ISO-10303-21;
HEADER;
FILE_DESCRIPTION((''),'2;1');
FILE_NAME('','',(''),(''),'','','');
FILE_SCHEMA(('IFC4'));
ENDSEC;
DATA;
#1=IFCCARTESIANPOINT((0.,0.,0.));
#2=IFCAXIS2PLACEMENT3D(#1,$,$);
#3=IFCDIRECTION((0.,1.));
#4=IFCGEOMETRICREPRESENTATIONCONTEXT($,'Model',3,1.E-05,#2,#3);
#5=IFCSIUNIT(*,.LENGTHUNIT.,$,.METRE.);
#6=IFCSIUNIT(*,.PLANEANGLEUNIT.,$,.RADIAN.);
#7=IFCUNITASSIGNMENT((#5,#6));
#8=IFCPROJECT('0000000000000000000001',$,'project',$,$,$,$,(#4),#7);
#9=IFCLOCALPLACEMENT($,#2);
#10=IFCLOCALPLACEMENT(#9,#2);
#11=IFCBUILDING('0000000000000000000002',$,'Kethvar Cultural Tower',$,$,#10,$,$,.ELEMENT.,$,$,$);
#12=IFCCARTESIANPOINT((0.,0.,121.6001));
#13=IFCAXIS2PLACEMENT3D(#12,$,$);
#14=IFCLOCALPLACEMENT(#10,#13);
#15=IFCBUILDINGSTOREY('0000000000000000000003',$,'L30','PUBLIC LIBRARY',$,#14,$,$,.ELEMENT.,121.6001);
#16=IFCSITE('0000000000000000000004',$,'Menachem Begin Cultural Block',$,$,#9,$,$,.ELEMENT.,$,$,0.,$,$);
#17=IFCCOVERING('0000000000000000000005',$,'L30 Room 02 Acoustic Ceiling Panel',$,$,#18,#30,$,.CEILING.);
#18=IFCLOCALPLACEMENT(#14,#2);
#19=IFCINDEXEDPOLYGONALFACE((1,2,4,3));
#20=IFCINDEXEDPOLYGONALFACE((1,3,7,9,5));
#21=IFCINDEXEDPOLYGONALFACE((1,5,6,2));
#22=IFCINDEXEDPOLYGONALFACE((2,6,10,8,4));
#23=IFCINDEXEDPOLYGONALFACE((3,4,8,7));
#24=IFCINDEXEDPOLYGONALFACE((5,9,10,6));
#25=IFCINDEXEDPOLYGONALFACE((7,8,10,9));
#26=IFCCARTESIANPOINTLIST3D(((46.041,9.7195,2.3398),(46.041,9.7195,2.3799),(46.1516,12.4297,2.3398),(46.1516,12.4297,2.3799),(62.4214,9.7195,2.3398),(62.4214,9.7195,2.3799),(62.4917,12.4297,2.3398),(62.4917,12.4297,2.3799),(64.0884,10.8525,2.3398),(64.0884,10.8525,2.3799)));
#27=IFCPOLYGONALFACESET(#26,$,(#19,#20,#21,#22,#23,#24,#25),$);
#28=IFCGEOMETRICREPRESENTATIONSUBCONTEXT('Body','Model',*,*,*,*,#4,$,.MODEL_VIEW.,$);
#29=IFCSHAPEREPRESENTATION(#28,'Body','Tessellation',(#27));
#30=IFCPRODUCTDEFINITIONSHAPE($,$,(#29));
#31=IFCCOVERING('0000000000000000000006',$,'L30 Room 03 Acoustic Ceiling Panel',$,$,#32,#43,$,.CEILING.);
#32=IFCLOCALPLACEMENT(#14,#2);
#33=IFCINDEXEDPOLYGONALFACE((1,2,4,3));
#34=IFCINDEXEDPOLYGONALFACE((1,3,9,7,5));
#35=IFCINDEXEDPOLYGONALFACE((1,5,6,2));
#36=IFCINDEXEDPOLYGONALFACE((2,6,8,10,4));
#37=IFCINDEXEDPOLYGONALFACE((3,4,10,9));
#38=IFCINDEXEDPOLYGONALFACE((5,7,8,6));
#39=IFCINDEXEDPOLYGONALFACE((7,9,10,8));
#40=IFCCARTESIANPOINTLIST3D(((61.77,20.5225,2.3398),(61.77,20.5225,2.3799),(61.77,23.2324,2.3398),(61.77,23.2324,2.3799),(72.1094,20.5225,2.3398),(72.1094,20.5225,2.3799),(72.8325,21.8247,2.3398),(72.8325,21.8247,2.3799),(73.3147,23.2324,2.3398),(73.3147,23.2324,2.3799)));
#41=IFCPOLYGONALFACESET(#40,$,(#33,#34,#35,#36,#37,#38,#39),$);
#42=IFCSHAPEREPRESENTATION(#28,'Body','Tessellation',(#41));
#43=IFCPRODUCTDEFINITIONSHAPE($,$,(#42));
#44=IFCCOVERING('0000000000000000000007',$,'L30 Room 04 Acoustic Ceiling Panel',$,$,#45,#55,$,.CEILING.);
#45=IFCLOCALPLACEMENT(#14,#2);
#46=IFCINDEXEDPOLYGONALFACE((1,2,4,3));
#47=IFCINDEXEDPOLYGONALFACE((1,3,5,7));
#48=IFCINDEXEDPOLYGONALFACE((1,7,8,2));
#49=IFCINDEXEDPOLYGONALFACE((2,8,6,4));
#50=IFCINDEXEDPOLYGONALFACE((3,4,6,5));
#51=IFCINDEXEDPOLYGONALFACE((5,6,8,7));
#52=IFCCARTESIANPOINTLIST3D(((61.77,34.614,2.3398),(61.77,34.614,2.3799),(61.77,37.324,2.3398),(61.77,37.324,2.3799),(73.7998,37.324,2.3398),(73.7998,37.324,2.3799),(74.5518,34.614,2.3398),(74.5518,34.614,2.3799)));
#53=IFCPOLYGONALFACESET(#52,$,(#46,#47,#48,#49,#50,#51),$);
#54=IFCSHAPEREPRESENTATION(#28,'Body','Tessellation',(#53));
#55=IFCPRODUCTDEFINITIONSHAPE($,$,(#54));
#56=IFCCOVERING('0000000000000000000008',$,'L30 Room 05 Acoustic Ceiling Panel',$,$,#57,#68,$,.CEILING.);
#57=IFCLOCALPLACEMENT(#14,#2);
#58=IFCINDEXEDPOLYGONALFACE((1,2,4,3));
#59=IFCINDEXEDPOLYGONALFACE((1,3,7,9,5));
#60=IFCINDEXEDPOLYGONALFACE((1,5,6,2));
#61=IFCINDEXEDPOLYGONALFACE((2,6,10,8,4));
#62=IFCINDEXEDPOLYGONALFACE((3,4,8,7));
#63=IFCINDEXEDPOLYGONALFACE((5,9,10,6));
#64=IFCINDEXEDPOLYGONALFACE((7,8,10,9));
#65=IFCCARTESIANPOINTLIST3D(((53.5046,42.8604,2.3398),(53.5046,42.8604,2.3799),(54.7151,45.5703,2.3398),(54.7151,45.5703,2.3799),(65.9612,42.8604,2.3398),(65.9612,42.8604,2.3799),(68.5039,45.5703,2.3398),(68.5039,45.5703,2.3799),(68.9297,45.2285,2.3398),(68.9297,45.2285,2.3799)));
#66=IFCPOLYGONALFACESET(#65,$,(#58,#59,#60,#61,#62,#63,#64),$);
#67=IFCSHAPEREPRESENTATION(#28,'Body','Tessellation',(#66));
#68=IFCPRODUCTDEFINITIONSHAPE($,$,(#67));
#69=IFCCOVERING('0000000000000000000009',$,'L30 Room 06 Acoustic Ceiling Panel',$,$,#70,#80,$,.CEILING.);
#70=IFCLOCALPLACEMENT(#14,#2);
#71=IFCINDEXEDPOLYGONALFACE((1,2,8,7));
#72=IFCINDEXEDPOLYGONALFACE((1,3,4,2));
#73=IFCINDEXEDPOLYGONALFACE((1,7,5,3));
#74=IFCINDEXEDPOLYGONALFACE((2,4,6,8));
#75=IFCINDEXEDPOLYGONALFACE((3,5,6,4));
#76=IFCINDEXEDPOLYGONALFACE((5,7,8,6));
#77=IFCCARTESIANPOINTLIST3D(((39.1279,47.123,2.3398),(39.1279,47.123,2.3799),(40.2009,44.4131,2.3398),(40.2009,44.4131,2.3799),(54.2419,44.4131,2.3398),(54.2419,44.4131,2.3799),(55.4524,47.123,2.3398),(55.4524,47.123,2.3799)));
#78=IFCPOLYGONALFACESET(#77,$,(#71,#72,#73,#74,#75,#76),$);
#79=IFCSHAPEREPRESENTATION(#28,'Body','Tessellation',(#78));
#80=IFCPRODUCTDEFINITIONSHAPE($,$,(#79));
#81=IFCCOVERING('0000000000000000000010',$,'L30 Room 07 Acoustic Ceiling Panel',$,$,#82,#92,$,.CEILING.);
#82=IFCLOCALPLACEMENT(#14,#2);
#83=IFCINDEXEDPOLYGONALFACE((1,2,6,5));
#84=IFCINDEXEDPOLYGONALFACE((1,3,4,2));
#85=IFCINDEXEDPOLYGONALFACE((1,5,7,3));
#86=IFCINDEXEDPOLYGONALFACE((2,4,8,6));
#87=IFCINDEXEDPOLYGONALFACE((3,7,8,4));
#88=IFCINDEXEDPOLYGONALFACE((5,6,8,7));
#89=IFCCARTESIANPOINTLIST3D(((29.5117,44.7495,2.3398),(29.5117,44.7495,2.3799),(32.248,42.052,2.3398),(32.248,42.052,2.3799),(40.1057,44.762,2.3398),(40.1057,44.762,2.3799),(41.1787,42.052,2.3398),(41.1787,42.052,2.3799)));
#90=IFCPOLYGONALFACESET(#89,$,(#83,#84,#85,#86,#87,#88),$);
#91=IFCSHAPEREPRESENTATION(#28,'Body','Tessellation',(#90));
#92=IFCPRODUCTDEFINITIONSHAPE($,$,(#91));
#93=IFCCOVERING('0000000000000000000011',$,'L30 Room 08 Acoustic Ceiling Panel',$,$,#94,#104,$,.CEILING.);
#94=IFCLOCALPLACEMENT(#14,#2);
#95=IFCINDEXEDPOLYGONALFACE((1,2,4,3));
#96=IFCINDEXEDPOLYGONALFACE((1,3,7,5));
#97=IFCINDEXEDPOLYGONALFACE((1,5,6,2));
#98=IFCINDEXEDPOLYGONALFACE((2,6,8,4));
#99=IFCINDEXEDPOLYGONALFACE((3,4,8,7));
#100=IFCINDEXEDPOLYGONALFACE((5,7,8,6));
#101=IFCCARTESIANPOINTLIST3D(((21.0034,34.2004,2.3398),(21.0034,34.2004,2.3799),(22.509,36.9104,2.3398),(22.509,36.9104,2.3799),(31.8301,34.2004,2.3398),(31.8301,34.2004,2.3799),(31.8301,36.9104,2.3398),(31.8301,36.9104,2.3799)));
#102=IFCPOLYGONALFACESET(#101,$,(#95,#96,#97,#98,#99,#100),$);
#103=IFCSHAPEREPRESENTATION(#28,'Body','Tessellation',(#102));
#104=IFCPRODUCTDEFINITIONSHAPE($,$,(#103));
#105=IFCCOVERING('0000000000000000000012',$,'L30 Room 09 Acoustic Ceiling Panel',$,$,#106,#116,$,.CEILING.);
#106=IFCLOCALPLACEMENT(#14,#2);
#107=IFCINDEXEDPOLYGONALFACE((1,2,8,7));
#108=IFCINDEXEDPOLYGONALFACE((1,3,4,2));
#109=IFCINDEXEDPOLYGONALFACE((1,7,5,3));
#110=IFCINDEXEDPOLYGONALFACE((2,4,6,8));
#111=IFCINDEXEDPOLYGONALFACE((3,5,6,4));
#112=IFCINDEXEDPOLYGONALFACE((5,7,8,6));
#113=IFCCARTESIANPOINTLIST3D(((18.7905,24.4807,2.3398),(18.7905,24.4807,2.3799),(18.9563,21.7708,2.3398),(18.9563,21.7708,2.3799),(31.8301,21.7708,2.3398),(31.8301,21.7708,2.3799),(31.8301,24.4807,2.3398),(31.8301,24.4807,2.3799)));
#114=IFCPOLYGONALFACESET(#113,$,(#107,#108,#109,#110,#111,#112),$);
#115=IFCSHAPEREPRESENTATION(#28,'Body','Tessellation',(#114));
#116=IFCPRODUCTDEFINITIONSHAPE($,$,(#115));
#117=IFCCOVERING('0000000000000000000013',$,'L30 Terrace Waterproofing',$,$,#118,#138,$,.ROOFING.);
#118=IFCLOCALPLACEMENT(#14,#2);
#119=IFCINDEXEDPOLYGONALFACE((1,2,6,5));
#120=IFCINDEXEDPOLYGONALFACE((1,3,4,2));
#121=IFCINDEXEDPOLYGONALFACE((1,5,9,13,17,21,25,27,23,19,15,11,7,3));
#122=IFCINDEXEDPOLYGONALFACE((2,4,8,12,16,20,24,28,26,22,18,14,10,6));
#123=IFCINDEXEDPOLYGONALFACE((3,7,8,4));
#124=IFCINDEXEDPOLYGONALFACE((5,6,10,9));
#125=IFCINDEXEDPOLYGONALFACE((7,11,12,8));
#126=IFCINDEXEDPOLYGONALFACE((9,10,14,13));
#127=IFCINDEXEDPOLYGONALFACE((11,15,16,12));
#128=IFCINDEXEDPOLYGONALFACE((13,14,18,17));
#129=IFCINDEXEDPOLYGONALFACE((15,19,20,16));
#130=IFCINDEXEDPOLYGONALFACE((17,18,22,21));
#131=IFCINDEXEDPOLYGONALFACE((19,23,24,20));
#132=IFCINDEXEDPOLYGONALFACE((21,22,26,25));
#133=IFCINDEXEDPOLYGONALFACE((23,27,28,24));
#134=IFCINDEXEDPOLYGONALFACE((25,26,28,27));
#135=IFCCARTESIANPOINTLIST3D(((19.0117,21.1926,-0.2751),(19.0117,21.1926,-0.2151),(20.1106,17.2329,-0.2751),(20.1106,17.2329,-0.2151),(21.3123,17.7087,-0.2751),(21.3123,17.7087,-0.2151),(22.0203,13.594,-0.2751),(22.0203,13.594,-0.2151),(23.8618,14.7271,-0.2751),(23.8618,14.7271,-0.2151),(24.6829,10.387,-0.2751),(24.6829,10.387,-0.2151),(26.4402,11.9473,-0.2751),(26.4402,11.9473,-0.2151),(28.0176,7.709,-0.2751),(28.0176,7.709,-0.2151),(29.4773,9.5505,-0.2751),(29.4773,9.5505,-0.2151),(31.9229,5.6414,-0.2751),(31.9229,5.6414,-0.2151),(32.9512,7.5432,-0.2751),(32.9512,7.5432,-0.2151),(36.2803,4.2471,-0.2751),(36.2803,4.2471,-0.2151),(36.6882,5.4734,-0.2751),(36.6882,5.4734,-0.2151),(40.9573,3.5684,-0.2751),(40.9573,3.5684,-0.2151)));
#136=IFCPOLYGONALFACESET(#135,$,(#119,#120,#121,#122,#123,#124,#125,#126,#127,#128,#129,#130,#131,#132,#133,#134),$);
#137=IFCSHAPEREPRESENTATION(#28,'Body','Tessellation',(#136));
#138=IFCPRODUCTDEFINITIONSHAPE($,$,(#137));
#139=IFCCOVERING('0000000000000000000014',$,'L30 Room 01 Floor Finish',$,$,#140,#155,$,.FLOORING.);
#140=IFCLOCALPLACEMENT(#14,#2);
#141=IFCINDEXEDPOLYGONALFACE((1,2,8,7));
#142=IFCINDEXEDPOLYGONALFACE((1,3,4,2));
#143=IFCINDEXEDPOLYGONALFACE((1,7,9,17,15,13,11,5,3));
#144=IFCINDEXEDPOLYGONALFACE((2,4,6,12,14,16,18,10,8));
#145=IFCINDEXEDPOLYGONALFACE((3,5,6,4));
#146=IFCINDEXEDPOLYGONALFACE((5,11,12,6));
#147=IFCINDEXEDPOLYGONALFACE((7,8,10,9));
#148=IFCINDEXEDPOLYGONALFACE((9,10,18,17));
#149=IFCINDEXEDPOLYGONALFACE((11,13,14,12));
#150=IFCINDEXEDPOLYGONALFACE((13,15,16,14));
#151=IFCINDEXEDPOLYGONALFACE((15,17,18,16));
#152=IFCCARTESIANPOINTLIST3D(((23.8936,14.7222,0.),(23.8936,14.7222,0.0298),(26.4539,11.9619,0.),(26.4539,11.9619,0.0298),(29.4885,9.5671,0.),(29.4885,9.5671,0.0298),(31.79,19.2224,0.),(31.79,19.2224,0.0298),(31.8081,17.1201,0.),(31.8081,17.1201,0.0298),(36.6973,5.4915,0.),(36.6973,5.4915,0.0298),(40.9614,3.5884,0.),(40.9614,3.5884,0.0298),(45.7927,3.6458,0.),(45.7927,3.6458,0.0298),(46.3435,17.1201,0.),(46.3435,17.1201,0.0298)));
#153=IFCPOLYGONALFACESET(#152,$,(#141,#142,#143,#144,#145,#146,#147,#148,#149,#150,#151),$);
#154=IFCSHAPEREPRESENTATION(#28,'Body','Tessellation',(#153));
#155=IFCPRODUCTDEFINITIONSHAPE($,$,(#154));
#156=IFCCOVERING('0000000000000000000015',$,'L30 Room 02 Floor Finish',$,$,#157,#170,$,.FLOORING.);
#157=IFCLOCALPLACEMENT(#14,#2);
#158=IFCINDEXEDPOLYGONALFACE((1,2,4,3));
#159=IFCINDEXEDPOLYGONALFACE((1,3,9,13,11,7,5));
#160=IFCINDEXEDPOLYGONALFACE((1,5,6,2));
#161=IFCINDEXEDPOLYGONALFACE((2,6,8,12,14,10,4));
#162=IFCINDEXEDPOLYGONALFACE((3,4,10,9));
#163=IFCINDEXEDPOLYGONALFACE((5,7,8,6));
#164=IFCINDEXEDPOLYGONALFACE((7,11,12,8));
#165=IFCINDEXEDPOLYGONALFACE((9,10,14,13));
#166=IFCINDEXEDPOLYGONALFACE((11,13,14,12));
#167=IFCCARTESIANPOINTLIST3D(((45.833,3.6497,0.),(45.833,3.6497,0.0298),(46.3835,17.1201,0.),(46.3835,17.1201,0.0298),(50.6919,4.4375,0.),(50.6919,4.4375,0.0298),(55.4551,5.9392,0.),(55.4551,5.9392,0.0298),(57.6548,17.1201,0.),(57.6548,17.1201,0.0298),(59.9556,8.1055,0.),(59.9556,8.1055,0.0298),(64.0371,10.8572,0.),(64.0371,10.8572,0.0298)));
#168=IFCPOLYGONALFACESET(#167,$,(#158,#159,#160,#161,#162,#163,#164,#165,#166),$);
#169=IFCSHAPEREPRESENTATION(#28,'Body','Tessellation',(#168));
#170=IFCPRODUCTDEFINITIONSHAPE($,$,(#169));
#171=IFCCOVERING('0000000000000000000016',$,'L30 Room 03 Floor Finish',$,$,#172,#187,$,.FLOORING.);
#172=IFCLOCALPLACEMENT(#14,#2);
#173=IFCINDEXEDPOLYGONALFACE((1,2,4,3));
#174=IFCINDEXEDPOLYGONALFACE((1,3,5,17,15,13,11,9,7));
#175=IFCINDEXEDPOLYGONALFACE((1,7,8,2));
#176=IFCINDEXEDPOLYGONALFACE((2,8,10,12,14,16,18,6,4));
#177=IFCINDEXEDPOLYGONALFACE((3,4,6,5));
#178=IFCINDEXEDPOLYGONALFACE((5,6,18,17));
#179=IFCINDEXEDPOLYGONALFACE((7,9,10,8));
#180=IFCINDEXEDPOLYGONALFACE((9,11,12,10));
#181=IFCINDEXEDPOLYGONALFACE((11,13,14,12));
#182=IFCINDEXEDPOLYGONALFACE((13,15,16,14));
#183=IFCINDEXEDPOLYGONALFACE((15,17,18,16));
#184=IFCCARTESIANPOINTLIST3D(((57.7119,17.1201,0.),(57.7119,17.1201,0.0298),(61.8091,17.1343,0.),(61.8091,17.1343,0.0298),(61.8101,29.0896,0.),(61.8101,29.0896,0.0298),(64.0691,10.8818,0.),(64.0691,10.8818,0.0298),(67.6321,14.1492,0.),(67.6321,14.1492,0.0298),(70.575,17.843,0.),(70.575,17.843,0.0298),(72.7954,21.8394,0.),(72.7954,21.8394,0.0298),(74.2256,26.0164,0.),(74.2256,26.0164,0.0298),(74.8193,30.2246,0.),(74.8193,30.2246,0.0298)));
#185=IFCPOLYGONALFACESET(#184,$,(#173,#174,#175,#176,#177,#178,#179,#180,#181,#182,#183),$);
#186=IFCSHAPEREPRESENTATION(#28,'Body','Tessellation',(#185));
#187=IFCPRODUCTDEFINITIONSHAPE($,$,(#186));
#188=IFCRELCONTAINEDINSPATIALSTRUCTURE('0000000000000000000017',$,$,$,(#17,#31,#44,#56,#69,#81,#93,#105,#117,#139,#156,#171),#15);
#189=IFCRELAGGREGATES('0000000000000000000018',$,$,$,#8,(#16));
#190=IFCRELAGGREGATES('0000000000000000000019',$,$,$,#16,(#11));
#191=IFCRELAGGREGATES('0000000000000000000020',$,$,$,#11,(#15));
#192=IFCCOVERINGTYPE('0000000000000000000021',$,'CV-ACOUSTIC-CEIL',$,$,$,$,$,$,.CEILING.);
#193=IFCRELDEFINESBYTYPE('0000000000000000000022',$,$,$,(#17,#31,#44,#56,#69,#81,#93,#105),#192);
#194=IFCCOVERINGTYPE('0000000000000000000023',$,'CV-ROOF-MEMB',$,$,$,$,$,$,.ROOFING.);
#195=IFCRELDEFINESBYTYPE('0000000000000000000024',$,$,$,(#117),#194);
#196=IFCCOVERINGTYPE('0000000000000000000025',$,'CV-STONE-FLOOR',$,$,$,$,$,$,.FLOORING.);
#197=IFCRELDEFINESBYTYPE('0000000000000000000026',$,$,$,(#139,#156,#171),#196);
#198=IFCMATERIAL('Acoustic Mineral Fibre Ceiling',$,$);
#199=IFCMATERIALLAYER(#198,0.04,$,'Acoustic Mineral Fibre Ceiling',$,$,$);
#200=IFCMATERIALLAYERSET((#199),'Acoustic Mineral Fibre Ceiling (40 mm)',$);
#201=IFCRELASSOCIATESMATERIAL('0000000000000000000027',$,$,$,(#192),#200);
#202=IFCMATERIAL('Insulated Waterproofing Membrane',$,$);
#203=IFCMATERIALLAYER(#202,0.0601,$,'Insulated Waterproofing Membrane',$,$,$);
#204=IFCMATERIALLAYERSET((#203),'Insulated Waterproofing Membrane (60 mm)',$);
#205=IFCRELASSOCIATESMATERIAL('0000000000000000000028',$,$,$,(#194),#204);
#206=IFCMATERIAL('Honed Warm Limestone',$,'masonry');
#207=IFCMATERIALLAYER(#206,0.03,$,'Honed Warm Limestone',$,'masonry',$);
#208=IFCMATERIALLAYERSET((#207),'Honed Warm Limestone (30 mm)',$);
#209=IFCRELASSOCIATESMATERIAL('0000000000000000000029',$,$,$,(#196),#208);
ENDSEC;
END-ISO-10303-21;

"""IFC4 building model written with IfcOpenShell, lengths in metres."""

from ifc_helpers import new_model, si_unit, direction, frame, origin, place, context, subcontext, project, spatial, polyline, outline, extrude, material, layer, layer_set, type_object, element, save


model = new_model("IFC4")

# Units and contexts
model_context = context("Model", 3, precision=1e-05, world=origin(), true_north=direction((0.0, 1.0)))
body_context = subcontext(model_context, "Body", "Model", "MODEL_VIEW")
ifc_project = project(units=[si_unit("LENGTHUNIT", "METRE"), si_unit("PLANEANGLEUNIT", "RADIAN")], contexts=[model_context])

# Site, building, storey
site_placement = place(None, origin())
site = spatial("IfcSite", under=ifc_project, at=site_placement, Name="Menachem Begin Cultural Block", CompositionType="ELEMENT", RefElevation=0.0)
building_placement = place(site_placement, origin())
building = spatial("IfcBuilding", under=site, at=building_placement, Name="Kethvar Cultural Tower", CompositionType="ELEMENT")
storey_placement = place(building_placement, frame((0.0, 0.0, 121.6001)))
storey = spatial("IfcBuildingStorey", under=building, at=storey_placement, Name="L30", Description="PUBLIC LIBRARY", CompositionType="ELEMENT", Elevation=121.6001)

# Coverings
ifc_material_1 = material(Name="Acoustic Mineral Fibre Ceiling")
ifc_layer_1 = layer(ifc_material_1, 0.04, Name="Acoustic Mineral Fibre Ceiling")
ifc_layer_set_1 = layer_set([ifc_layer_1], Name="Acoustic Mineral Fibre Ceiling (40 mm)")
covering_type_1 = type_object("IfcCoveringType", Name="CV-ACOUSTIC-CEIL", PredefinedType="CEILING", material=ifc_layer_set_1)
covering_1_placement = place(storey_placement, frame((0.0, 0.0, 2.3398)))
element("IfcCovering", 1, at=covering_1_placement, inside=storey, type_object=covering_type_1, Name="L30 Room 02 Acoustic Ceiling Panel", PredefinedType="CEILING", context=body_context, shape_type="SweptSolid", body=[
    extrude(outline(polyline([(46.1516, 12.4297), (62.4917, 12.4297), (64.0884, 10.8525), (62.4214, 9.7195), (46.041, 9.7195), (46.1516, 12.4297)])), origin(), (0.0, 0.0, 1.0), 0.04),
])
covering_2_placement = place(storey_placement, frame((0.0, 0.0, 2.3398)))
element("IfcCovering", 2, at=covering_2_placement, inside=storey, type_object=covering_type_1, Name="L30 Room 03 Acoustic Ceiling Panel", PredefinedType="CEILING", context=body_context, shape_type="SweptSolid", body=[
    extrude(outline(polyline([(72.8325, 21.8247), (72.1094, 20.5225), (61.77, 20.5225), (61.77, 23.2324), (73.3147, 23.2324), (72.8325, 21.8247)])), origin(), (0.0, 0.0, 1.0), 0.04),
])
covering_3_placement = place(storey_placement, frame((0.0, 0.0, 2.3398)))
element("IfcCovering", 3, at=covering_3_placement, inside=storey, type_object=covering_type_1, Name="L30 Room 04 Acoustic Ceiling Panel", PredefinedType="CEILING", context=body_context, shape_type="SweptSolid", body=[
    extrude(outline(polyline([(61.77, 37.324), (73.7998, 37.324), (74.5518, 34.614), (61.77, 34.614), (61.77, 37.324)])), origin(), (0.0, 0.0, 1.0), 0.04),
])
covering_4_placement = place(storey_placement, frame((0.0, 0.0, 2.3398)))
element("IfcCovering", 4, at=covering_4_placement, inside=storey, type_object=covering_type_1, Name="L30 Room 05 Acoustic Ceiling Panel", PredefinedType="CEILING", context=body_context, shape_type="SweptSolid", body=[
    extrude(outline(polyline([(68.9297, 45.2285), (65.9612, 42.8604), (53.5046, 42.8604), (54.7151, 45.5703), (68.5039, 45.5703), (68.9297, 45.2285)])), origin(), (0.0, 0.0, 1.0), 0.04),
])
covering_5_placement = place(storey_placement, frame((0.0, 0.0, 2.3398)))
element("IfcCovering", 5, at=covering_5_placement, inside=storey, type_object=covering_type_1, Name="L30 Room 06 Acoustic Ceiling Panel", PredefinedType="CEILING", context=body_context, shape_type="SweptSolid", body=[
    extrude(outline(polyline([(54.2419, 44.4131), (40.2009, 44.4131), (39.1279, 47.123), (55.4524, 47.123), (54.2419, 44.4131)])), origin(), (0.0, 0.0, 1.0), 0.04),
])
covering_6_placement = place(storey_placement, frame((0.0, 0.0, 2.3398)))
element("IfcCovering", 6, at=covering_6_placement, inside=storey, type_object=covering_type_1, Name="L30 Room 07 Acoustic Ceiling Panel", PredefinedType="CEILING", context=body_context, shape_type="SweptSolid", body=[
    extrude(outline(polyline([(41.1787, 42.052), (32.248, 42.052), (29.5117, 44.7495), (40.1057, 44.762), (41.1787, 42.052)])), origin(), (0.0, 0.0, 1.0), 0.04),
])
covering_7_placement = place(storey_placement, frame((0.0, 0.0, 2.3398)))
element("IfcCovering", 7, at=covering_7_placement, inside=storey, type_object=covering_type_1, Name="L30 Room 08 Acoustic Ceiling Panel", PredefinedType="CEILING", context=body_context, shape_type="SweptSolid", body=[
    extrude(outline(polyline([(22.509, 36.9104), (31.8301, 36.9104), (31.8301, 34.2004), (21.0034, 34.2004), (22.509, 36.9104)])), origin(), (0.0, 0.0, 1.0), 0.04),
])
covering_8_placement = place(storey_placement, frame((0.0, 0.0, 2.3398)))
element("IfcCovering", 8, at=covering_8_placement, inside=storey, type_object=covering_type_1, Name="L30 Room 09 Acoustic Ceiling Panel", PredefinedType="CEILING", context=body_context, shape_type="SweptSolid", body=[
    extrude(outline(polyline([(18.7905, 24.4807), (31.8301, 24.4807), (31.8301, 21.7708), (18.9563, 21.7708), (18.7905, 24.4807)])), origin(), (0.0, 0.0, 1.0), 0.04),
])
ifc_material_2 = material(Name="Insulated Waterproofing Membrane")
ifc_layer_2 = layer(ifc_material_2, 0.0601, Name="Insulated Waterproofing Membrane")
ifc_layer_set_2 = layer_set([ifc_layer_2], Name="Insulated Waterproofing Membrane (60 mm)")
covering_type_2 = type_object("IfcCoveringType", Name="CV-ROOF-MEMB", PredefinedType="ROOFING", material=ifc_layer_set_2)
covering_9_placement = place(storey_placement, frame((0.0, 0.0, -0.2751)))
element("IfcCovering", 9, at=covering_9_placement, inside=storey, type_object=covering_type_2, Name="L30 Terrace Waterproofing", PredefinedType="ROOFING", context=body_context, shape_type="SweptSolid", body=[
    extrude(outline(polyline([(19.0117, 21.1926), (20.1106, 17.2329), (22.0203, 13.594), (24.6829, 10.387), (28.0176, 7.709), (31.9229, 5.6414), (36.2803, 4.2471), (40.9573, 3.5684), (36.6882, 5.4734), (32.9512, 7.5432), (29.4773, 9.5505), (26.4402, 11.9473), (23.8618, 14.7271), (21.3123, 17.7087), (19.0117, 21.1926)])), origin(), (0.0, 0.0, 1.0), 0.0601),
])
ifc_material_3 = material(Name="Honed Warm Limestone", Category="masonry")
ifc_layer_3 = layer(ifc_material_3, 0.03, Name="Honed Warm Limestone", Category="masonry")
ifc_layer_set_3 = layer_set([ifc_layer_3], Name="Honed Warm Limestone (30 mm)")
covering_type_3 = type_object("IfcCoveringType", Name="CV-STONE-FLOOR", PredefinedType="FLOORING", material=ifc_layer_set_3)
covering_10_placement = place(storey_placement, origin())
element("IfcCovering", 10, at=covering_10_placement, inside=storey, type_object=covering_type_3, Name="L30 Room 01 Floor Finish", PredefinedType="FLOORING", context=body_context, shape_type="SweptSolid", body=[
    extrude(outline(polyline([(40.9614, 3.5884), (36.6973, 5.4915), (29.4885, 9.5671), (26.4539, 11.9619), (23.8936, 14.7222), (31.79, 19.2224), (31.8081, 17.1201), (46.3435, 17.1201), (45.7927, 3.6458), (40.9614, 3.5884)])), origin(), (0.0, 0.0, 1.0), 0.0298),
])
covering_11_placement = place(storey_placement, origin())
element("IfcCovering", 11, at=covering_11_placement, inside=storey, type_object=covering_type_3, Name="L30 Room 02 Floor Finish", PredefinedType="FLOORING", context=body_context, shape_type="SweptSolid", body=[
    extrude(outline(polyline([(59.9556, 8.1055), (55.4551, 5.9392), (50.6919, 4.4375), (45.833, 3.6497), (46.3835, 17.1201), (57.6548, 17.1201), (64.0371, 10.8572), (59.9556, 8.1055)])), origin(), (0.0, 0.0, 1.0), 0.0298),
])
covering_12_placement = place(storey_placement, origin())
element("IfcCovering", 12, at=covering_12_placement, inside=storey, type_object=covering_type_3, Name="L30 Room 03 Floor Finish", PredefinedType="FLOORING", context=body_context, shape_type="SweptSolid", body=[
    extrude(outline(polyline([(74.2256, 26.0164), (72.7954, 21.8394), (70.575, 17.843), (67.6321, 14.1492), (64.0691, 10.8818), (57.7119, 17.1201), (61.8091, 17.1343), (61.8101, 29.0896), (74.8193, 30.2246), (74.2256, 26.0164)])), origin(), (0.0, 0.0, 1.0), 0.0298),
])

save(model, "model.ifc")
